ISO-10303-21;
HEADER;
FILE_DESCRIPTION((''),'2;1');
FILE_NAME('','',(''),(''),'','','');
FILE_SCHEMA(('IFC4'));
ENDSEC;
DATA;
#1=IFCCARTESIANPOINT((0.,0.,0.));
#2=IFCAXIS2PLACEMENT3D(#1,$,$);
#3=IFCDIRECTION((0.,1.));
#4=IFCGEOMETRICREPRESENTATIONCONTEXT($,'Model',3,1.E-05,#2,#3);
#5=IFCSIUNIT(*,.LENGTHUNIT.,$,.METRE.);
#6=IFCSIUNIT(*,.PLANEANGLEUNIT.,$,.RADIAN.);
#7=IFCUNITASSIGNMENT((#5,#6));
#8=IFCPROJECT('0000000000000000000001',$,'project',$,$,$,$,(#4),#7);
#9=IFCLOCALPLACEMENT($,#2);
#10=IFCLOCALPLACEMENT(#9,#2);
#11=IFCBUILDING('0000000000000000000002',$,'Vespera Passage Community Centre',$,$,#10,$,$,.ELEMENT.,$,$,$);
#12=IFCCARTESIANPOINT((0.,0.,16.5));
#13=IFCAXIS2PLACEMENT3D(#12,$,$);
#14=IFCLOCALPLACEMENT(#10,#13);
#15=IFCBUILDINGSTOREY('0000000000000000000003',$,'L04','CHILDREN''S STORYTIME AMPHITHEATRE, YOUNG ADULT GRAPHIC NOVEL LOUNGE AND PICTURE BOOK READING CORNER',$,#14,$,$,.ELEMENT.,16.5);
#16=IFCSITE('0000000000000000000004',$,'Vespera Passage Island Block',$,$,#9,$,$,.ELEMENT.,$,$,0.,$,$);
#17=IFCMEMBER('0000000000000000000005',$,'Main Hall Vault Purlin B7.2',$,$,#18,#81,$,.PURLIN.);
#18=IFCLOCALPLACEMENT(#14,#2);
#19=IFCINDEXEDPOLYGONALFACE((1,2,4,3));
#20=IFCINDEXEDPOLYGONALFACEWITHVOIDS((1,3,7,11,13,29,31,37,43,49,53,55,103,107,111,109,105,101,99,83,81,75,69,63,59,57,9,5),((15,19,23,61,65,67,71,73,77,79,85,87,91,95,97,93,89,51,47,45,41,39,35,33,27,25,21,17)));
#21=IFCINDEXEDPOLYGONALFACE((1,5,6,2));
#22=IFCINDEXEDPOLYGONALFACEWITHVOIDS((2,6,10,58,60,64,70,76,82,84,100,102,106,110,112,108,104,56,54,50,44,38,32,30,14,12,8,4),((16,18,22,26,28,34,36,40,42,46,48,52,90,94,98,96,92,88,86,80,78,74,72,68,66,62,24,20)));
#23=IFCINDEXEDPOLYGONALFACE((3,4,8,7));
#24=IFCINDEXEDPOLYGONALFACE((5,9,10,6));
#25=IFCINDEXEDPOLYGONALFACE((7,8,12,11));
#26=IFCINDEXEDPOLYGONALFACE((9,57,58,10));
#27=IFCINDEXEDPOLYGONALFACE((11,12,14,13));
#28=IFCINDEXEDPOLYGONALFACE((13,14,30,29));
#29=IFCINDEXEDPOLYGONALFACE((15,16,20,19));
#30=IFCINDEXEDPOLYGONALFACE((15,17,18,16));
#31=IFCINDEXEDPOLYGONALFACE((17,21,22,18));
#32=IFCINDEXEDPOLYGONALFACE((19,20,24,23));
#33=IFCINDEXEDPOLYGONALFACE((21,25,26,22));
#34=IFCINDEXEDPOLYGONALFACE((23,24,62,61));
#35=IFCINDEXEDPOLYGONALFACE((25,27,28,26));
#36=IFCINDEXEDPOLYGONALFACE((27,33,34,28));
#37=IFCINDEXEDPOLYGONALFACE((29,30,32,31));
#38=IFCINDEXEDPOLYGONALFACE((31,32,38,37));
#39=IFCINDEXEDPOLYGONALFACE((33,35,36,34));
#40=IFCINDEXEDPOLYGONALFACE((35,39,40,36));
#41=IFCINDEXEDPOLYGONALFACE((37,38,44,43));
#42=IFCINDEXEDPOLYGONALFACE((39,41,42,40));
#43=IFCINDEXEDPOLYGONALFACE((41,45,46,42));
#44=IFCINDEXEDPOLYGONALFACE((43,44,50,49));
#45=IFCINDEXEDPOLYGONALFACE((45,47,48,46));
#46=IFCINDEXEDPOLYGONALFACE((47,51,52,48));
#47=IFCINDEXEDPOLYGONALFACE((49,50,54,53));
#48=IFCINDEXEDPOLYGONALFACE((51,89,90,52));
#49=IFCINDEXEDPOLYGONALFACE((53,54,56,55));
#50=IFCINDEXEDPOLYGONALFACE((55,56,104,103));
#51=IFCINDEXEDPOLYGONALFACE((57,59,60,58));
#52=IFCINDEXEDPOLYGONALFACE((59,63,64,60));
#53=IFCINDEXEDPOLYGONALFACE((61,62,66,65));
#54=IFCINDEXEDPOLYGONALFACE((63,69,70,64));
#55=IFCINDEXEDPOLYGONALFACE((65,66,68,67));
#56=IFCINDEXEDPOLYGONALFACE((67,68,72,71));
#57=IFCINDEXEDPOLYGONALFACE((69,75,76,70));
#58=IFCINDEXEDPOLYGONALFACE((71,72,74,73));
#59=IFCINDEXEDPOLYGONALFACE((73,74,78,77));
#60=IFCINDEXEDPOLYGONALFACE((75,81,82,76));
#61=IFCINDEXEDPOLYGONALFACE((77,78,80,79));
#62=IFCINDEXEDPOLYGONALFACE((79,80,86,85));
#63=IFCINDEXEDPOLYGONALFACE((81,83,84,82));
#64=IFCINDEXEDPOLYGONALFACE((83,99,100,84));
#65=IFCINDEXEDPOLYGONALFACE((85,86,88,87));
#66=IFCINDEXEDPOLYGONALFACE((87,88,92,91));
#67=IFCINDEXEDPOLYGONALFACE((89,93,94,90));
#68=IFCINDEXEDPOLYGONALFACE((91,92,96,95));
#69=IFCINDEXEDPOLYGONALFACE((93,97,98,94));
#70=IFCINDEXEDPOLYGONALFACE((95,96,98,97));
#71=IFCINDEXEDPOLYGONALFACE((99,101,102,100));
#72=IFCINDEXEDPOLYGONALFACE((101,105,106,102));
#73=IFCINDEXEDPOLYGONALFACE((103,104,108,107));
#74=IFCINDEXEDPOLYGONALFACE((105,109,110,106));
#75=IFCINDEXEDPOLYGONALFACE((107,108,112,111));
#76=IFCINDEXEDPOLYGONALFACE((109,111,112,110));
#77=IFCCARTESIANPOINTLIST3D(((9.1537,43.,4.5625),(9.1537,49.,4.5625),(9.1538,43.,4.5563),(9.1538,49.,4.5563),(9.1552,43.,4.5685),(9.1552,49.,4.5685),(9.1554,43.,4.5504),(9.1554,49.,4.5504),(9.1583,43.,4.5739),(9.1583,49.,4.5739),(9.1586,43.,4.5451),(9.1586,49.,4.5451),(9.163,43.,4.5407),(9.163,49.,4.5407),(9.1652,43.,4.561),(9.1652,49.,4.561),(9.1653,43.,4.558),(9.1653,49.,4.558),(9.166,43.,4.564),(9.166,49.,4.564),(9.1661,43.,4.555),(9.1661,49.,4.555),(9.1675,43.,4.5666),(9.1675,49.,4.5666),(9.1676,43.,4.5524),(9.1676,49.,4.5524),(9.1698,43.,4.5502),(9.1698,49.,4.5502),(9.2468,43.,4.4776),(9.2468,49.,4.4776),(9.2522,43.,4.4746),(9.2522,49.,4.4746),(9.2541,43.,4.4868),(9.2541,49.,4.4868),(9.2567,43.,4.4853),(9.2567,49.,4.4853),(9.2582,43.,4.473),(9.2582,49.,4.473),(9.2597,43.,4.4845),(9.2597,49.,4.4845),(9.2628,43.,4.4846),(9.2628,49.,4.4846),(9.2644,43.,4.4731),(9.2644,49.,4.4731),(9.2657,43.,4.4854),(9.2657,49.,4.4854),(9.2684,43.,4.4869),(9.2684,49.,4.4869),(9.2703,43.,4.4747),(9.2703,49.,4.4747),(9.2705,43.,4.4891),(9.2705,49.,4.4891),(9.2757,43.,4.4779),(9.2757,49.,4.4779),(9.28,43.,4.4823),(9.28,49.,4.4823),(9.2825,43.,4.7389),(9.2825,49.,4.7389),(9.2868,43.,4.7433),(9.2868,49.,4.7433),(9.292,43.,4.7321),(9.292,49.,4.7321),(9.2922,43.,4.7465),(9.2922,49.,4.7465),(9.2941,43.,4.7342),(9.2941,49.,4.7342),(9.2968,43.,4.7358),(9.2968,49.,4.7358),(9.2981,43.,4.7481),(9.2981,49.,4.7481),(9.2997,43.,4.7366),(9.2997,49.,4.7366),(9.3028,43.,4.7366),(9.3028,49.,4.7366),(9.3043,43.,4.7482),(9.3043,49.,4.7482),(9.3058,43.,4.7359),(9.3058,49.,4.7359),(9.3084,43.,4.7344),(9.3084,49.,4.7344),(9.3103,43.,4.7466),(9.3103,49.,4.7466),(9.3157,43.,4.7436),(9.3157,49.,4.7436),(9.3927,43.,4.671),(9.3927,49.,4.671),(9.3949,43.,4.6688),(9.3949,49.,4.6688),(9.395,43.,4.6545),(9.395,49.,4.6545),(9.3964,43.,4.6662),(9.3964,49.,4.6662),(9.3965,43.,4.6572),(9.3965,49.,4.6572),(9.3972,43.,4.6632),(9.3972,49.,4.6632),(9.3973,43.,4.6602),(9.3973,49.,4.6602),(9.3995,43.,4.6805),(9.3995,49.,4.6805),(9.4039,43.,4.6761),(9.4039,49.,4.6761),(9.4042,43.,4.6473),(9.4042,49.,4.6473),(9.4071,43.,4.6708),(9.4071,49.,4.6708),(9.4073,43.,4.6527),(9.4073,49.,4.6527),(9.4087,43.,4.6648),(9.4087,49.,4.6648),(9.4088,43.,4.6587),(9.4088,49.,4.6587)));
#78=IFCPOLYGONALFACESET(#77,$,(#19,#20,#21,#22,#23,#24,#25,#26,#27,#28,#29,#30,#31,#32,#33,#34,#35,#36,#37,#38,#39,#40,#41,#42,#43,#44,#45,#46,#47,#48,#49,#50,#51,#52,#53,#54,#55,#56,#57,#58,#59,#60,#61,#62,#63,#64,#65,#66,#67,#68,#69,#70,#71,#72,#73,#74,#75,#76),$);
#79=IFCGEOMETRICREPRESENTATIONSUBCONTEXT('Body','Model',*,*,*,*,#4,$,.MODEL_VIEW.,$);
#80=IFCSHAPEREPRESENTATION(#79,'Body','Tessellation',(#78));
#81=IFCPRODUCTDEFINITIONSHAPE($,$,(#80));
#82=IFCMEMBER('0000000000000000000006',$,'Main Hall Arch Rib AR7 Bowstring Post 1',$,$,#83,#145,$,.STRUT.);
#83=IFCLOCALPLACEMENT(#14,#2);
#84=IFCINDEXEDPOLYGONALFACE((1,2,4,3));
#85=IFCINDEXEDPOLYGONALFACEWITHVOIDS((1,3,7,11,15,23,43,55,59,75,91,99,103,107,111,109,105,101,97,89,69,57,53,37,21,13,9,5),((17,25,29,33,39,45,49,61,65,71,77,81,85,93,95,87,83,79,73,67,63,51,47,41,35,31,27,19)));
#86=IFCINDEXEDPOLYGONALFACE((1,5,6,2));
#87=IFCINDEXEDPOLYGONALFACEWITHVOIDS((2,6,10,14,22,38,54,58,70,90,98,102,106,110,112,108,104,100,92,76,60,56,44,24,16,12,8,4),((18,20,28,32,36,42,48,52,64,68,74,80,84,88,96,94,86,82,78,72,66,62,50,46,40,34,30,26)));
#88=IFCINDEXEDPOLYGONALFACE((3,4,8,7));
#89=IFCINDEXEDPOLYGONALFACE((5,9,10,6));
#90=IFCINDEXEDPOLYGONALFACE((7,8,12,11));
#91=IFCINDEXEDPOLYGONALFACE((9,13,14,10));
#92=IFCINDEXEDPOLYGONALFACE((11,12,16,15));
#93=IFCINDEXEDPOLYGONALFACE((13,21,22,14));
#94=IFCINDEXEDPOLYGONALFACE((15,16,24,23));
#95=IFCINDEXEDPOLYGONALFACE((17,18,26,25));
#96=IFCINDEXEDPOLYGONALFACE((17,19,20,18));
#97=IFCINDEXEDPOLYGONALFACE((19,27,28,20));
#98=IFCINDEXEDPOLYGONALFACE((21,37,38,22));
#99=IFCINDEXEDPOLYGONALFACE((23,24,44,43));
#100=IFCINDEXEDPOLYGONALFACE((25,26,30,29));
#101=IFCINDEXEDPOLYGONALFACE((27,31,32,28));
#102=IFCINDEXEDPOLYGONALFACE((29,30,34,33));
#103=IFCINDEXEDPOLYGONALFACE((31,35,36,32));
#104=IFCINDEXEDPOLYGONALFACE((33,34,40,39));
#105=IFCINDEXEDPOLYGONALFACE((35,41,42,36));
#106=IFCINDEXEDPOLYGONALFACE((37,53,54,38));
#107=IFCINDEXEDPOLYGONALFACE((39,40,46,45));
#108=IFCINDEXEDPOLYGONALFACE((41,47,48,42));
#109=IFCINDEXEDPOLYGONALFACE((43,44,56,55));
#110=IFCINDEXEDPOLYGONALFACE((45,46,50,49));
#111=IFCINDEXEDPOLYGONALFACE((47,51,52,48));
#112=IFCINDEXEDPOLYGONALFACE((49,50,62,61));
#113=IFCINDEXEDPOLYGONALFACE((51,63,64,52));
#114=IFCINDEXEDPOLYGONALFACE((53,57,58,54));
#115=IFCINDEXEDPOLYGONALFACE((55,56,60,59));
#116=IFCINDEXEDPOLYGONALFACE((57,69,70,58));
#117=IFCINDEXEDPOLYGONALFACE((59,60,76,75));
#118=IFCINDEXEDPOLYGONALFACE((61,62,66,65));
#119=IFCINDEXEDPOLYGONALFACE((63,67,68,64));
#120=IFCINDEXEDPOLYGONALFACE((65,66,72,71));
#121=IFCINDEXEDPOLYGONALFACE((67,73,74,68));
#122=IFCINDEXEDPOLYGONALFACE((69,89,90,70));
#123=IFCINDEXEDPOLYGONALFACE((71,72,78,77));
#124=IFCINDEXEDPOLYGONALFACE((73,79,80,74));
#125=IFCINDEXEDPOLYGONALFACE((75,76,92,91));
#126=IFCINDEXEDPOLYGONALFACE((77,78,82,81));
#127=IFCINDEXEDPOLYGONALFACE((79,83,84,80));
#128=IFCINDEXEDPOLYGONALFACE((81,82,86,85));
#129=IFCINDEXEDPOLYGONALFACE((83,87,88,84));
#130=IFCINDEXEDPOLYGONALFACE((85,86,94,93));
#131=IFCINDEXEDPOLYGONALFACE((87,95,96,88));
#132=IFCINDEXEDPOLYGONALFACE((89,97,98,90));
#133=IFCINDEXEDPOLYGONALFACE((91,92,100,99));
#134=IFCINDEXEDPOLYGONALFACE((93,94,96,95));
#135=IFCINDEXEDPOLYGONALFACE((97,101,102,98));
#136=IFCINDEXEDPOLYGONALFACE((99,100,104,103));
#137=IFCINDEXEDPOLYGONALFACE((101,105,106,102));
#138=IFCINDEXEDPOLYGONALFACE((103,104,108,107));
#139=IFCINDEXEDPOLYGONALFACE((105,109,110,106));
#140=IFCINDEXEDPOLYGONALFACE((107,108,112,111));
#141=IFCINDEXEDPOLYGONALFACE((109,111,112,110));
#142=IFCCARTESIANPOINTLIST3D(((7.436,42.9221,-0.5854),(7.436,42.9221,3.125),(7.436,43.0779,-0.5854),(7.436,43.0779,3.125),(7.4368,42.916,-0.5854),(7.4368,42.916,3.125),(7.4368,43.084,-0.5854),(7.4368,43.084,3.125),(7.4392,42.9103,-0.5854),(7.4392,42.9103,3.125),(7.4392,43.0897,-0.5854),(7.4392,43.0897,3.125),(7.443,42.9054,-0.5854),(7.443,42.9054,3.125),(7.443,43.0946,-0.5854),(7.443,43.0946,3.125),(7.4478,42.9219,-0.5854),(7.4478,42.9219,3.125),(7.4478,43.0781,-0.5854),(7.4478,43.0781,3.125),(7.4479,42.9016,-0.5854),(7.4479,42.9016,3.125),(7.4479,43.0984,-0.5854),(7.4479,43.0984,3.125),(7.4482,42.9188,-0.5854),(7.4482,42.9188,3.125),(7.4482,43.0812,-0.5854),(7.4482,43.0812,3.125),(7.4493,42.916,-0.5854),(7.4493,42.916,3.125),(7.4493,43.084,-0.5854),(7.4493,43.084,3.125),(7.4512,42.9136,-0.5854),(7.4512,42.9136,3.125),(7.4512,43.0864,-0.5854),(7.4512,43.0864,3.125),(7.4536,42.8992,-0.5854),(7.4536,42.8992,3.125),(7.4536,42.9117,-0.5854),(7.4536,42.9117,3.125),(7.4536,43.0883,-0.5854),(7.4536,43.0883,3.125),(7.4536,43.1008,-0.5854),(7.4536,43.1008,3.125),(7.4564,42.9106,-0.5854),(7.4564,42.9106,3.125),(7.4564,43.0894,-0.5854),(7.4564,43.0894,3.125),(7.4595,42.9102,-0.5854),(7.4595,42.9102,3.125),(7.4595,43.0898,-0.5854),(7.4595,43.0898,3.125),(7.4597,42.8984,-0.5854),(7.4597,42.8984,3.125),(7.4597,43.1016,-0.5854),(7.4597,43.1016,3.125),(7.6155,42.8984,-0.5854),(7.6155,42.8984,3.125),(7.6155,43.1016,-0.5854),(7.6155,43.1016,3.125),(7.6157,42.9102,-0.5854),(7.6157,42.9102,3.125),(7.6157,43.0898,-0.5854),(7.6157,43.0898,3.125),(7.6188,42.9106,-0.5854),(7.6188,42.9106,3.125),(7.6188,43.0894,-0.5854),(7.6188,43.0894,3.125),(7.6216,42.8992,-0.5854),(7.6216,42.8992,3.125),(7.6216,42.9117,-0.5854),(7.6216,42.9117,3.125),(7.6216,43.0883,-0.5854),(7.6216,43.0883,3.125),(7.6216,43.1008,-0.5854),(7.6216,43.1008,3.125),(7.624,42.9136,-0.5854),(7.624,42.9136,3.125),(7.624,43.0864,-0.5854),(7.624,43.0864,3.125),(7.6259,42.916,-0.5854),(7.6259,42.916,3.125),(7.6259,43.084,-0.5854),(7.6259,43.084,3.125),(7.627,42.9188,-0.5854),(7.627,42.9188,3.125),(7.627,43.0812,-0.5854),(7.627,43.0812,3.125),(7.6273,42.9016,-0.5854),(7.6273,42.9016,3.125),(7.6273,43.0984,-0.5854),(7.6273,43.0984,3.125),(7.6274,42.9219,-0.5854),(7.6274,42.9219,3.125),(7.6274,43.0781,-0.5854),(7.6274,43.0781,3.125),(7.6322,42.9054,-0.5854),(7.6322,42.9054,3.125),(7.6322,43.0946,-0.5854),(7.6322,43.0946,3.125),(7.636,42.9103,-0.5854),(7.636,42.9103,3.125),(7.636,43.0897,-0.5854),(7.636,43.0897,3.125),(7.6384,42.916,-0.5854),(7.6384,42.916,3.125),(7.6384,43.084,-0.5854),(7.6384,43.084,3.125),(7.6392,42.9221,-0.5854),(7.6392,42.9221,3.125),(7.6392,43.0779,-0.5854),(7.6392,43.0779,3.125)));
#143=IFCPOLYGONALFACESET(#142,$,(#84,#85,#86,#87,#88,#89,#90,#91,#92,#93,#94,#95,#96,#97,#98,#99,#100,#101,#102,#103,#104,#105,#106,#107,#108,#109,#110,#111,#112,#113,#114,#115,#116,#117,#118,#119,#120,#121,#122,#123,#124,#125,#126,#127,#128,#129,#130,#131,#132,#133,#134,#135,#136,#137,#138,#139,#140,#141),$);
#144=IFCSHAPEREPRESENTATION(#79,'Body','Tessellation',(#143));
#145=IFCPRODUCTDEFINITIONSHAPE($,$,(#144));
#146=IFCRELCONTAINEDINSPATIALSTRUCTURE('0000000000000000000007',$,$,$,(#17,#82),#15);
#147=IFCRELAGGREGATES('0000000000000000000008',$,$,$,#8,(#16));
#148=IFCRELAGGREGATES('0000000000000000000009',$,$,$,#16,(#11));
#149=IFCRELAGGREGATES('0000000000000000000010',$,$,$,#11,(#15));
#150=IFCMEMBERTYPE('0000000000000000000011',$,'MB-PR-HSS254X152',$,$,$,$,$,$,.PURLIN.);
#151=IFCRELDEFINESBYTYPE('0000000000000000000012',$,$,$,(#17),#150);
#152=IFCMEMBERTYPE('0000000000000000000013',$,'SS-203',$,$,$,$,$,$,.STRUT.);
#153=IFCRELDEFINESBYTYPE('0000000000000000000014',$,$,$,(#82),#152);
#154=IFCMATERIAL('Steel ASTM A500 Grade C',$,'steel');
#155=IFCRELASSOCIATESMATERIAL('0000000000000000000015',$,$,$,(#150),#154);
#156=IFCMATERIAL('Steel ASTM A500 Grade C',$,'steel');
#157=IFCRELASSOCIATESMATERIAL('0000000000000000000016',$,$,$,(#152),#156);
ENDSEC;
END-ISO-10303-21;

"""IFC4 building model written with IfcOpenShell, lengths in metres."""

from ifc_helpers import new_model, si_unit, direction, frame, origin, origin_2d, place, context, subcontext, project, spatial, hollow_rectangle, extrude, material, material_profile, profile_set, type_object, element, save


model = new_model("IFC4")

# Units and contexts
model_context = context("Model", 3, precision=1e-05, world=origin(), true_north=direction((0.0, 1.0)))
body_context = subcontext(model_context, "Body", "Model", "MODEL_VIEW")
ifc_project = project(units=[si_unit("LENGTHUNIT", "METRE"), si_unit("PLANEANGLEUNIT", "RADIAN")], contexts=[model_context])

# Site, building, storey
site_placement = place(None, origin())
site = spatial("IfcSite", under=ifc_project, at=site_placement, Name="Vespera Passage Island Block", CompositionType="ELEMENT", RefElevation=0.0)
building_placement = place(site_placement, origin())
building = spatial("IfcBuilding", under=site, at=building_placement, Name="Vespera Passage Community Centre", CompositionType="ELEMENT")
storey_placement = place(building_placement, frame((0.0, 0.0, 16.5)))
storey = spatial("IfcBuildingStorey", under=building, at=storey_placement, Name="L04", Description="CHILDREN'S STORYTIME AMPHITHEATRE, YOUNG ADULT GRAPHIC NOVEL LOUNGE AND PICTURE BOOK READING CORNER", CompositionType="ELEMENT", Elevation=16.5)

# Members
ifc_material_1 = material(Name="Steel ASTM A500 Grade C", Category="steel")
ifc_material_profile_1 = material_profile(ifc_material_1, hollow_rectangle(XDim=0.1523, YDim=0.2539, WallThickness=0.0117, InnerFilletRadius=0.0117, OuterFilletRadius=0.0237, at=origin_2d()), Name="HSS254X152X12.7")
ifc_profile_set_1 = profile_set([ifc_material_profile_1], Name="Steel ASTM A500 Grade C")
member_type_1 = type_object("IfcMemberType", Name="MB-PR-HSS254X152", PredefinedType="PURLIN", material=ifc_profile_set_1)
for number, where, z_axis, x_axis, name in (
    (1, (9.2812, 43.0, 4.6106), (0.0, 1.0, 0.0), (-0.798972, 0.0, 0.601369), "Main Hall Vault Purlin B7.2"),
):
    element("IfcMember", number, at=place(storey_placement, frame(where, z_axis=z_axis, x_axis=x_axis)), inside=storey, type_object=member_type_1, Name=name, PredefinedType="PURLIN", context=body_context, shape_type="SweptSolid", body=[
        extrude(hollow_rectangle(XDim=0.1523, YDim=0.2539, WallThickness=0.0117, InnerFilletRadius=0.0117, OuterFilletRadius=0.0237, at=origin_2d()), origin(), (0.0, 0.0, 1.0), 6.0),
    ])
ifc_material_2 = material(Name="Steel ASTM A500 Grade C", Category="steel")
ifc_material_profile_2 = material_profile(ifc_material_2, hollow_rectangle(XDim=0.2031, YDim=0.2031, WallThickness=0.0117, InnerFilletRadius=0.0117, OuterFilletRadius=0.0237, at=origin_2d()), Name="HSS203X203X12.7")
ifc_profile_set_2 = profile_set([ifc_material_profile_2], Name="Steel ASTM A500 Grade C")
member_type_2 = type_object("IfcMemberType", Name="SS-203", PredefinedType="STRUT", material=ifc_profile_set_2)
member_1_placement = place(storey_placement, frame((7.5376, 43.0, -0.5854), z_axis=(0.0, 0.0, 1.0), x_axis=(1.0, 0.0, 0.0)))
element("IfcMember", 2, at=member_1_placement, inside=storey, type_object=member_type_2, Name="Main Hall Arch Rib AR7 Bowstring Post 1", PredefinedType="STRUT", context=body_context, shape_type="SweptSolid", body=[
    extrude(hollow_rectangle(XDim=0.2031, YDim=0.2031, WallThickness=0.0117, InnerFilletRadius=0.0117, OuterFilletRadius=0.0237, at=origin_2d()), origin(), (0.0, 0.0, 1.0), 3.7104),
])

save(model, "model.ifc")
